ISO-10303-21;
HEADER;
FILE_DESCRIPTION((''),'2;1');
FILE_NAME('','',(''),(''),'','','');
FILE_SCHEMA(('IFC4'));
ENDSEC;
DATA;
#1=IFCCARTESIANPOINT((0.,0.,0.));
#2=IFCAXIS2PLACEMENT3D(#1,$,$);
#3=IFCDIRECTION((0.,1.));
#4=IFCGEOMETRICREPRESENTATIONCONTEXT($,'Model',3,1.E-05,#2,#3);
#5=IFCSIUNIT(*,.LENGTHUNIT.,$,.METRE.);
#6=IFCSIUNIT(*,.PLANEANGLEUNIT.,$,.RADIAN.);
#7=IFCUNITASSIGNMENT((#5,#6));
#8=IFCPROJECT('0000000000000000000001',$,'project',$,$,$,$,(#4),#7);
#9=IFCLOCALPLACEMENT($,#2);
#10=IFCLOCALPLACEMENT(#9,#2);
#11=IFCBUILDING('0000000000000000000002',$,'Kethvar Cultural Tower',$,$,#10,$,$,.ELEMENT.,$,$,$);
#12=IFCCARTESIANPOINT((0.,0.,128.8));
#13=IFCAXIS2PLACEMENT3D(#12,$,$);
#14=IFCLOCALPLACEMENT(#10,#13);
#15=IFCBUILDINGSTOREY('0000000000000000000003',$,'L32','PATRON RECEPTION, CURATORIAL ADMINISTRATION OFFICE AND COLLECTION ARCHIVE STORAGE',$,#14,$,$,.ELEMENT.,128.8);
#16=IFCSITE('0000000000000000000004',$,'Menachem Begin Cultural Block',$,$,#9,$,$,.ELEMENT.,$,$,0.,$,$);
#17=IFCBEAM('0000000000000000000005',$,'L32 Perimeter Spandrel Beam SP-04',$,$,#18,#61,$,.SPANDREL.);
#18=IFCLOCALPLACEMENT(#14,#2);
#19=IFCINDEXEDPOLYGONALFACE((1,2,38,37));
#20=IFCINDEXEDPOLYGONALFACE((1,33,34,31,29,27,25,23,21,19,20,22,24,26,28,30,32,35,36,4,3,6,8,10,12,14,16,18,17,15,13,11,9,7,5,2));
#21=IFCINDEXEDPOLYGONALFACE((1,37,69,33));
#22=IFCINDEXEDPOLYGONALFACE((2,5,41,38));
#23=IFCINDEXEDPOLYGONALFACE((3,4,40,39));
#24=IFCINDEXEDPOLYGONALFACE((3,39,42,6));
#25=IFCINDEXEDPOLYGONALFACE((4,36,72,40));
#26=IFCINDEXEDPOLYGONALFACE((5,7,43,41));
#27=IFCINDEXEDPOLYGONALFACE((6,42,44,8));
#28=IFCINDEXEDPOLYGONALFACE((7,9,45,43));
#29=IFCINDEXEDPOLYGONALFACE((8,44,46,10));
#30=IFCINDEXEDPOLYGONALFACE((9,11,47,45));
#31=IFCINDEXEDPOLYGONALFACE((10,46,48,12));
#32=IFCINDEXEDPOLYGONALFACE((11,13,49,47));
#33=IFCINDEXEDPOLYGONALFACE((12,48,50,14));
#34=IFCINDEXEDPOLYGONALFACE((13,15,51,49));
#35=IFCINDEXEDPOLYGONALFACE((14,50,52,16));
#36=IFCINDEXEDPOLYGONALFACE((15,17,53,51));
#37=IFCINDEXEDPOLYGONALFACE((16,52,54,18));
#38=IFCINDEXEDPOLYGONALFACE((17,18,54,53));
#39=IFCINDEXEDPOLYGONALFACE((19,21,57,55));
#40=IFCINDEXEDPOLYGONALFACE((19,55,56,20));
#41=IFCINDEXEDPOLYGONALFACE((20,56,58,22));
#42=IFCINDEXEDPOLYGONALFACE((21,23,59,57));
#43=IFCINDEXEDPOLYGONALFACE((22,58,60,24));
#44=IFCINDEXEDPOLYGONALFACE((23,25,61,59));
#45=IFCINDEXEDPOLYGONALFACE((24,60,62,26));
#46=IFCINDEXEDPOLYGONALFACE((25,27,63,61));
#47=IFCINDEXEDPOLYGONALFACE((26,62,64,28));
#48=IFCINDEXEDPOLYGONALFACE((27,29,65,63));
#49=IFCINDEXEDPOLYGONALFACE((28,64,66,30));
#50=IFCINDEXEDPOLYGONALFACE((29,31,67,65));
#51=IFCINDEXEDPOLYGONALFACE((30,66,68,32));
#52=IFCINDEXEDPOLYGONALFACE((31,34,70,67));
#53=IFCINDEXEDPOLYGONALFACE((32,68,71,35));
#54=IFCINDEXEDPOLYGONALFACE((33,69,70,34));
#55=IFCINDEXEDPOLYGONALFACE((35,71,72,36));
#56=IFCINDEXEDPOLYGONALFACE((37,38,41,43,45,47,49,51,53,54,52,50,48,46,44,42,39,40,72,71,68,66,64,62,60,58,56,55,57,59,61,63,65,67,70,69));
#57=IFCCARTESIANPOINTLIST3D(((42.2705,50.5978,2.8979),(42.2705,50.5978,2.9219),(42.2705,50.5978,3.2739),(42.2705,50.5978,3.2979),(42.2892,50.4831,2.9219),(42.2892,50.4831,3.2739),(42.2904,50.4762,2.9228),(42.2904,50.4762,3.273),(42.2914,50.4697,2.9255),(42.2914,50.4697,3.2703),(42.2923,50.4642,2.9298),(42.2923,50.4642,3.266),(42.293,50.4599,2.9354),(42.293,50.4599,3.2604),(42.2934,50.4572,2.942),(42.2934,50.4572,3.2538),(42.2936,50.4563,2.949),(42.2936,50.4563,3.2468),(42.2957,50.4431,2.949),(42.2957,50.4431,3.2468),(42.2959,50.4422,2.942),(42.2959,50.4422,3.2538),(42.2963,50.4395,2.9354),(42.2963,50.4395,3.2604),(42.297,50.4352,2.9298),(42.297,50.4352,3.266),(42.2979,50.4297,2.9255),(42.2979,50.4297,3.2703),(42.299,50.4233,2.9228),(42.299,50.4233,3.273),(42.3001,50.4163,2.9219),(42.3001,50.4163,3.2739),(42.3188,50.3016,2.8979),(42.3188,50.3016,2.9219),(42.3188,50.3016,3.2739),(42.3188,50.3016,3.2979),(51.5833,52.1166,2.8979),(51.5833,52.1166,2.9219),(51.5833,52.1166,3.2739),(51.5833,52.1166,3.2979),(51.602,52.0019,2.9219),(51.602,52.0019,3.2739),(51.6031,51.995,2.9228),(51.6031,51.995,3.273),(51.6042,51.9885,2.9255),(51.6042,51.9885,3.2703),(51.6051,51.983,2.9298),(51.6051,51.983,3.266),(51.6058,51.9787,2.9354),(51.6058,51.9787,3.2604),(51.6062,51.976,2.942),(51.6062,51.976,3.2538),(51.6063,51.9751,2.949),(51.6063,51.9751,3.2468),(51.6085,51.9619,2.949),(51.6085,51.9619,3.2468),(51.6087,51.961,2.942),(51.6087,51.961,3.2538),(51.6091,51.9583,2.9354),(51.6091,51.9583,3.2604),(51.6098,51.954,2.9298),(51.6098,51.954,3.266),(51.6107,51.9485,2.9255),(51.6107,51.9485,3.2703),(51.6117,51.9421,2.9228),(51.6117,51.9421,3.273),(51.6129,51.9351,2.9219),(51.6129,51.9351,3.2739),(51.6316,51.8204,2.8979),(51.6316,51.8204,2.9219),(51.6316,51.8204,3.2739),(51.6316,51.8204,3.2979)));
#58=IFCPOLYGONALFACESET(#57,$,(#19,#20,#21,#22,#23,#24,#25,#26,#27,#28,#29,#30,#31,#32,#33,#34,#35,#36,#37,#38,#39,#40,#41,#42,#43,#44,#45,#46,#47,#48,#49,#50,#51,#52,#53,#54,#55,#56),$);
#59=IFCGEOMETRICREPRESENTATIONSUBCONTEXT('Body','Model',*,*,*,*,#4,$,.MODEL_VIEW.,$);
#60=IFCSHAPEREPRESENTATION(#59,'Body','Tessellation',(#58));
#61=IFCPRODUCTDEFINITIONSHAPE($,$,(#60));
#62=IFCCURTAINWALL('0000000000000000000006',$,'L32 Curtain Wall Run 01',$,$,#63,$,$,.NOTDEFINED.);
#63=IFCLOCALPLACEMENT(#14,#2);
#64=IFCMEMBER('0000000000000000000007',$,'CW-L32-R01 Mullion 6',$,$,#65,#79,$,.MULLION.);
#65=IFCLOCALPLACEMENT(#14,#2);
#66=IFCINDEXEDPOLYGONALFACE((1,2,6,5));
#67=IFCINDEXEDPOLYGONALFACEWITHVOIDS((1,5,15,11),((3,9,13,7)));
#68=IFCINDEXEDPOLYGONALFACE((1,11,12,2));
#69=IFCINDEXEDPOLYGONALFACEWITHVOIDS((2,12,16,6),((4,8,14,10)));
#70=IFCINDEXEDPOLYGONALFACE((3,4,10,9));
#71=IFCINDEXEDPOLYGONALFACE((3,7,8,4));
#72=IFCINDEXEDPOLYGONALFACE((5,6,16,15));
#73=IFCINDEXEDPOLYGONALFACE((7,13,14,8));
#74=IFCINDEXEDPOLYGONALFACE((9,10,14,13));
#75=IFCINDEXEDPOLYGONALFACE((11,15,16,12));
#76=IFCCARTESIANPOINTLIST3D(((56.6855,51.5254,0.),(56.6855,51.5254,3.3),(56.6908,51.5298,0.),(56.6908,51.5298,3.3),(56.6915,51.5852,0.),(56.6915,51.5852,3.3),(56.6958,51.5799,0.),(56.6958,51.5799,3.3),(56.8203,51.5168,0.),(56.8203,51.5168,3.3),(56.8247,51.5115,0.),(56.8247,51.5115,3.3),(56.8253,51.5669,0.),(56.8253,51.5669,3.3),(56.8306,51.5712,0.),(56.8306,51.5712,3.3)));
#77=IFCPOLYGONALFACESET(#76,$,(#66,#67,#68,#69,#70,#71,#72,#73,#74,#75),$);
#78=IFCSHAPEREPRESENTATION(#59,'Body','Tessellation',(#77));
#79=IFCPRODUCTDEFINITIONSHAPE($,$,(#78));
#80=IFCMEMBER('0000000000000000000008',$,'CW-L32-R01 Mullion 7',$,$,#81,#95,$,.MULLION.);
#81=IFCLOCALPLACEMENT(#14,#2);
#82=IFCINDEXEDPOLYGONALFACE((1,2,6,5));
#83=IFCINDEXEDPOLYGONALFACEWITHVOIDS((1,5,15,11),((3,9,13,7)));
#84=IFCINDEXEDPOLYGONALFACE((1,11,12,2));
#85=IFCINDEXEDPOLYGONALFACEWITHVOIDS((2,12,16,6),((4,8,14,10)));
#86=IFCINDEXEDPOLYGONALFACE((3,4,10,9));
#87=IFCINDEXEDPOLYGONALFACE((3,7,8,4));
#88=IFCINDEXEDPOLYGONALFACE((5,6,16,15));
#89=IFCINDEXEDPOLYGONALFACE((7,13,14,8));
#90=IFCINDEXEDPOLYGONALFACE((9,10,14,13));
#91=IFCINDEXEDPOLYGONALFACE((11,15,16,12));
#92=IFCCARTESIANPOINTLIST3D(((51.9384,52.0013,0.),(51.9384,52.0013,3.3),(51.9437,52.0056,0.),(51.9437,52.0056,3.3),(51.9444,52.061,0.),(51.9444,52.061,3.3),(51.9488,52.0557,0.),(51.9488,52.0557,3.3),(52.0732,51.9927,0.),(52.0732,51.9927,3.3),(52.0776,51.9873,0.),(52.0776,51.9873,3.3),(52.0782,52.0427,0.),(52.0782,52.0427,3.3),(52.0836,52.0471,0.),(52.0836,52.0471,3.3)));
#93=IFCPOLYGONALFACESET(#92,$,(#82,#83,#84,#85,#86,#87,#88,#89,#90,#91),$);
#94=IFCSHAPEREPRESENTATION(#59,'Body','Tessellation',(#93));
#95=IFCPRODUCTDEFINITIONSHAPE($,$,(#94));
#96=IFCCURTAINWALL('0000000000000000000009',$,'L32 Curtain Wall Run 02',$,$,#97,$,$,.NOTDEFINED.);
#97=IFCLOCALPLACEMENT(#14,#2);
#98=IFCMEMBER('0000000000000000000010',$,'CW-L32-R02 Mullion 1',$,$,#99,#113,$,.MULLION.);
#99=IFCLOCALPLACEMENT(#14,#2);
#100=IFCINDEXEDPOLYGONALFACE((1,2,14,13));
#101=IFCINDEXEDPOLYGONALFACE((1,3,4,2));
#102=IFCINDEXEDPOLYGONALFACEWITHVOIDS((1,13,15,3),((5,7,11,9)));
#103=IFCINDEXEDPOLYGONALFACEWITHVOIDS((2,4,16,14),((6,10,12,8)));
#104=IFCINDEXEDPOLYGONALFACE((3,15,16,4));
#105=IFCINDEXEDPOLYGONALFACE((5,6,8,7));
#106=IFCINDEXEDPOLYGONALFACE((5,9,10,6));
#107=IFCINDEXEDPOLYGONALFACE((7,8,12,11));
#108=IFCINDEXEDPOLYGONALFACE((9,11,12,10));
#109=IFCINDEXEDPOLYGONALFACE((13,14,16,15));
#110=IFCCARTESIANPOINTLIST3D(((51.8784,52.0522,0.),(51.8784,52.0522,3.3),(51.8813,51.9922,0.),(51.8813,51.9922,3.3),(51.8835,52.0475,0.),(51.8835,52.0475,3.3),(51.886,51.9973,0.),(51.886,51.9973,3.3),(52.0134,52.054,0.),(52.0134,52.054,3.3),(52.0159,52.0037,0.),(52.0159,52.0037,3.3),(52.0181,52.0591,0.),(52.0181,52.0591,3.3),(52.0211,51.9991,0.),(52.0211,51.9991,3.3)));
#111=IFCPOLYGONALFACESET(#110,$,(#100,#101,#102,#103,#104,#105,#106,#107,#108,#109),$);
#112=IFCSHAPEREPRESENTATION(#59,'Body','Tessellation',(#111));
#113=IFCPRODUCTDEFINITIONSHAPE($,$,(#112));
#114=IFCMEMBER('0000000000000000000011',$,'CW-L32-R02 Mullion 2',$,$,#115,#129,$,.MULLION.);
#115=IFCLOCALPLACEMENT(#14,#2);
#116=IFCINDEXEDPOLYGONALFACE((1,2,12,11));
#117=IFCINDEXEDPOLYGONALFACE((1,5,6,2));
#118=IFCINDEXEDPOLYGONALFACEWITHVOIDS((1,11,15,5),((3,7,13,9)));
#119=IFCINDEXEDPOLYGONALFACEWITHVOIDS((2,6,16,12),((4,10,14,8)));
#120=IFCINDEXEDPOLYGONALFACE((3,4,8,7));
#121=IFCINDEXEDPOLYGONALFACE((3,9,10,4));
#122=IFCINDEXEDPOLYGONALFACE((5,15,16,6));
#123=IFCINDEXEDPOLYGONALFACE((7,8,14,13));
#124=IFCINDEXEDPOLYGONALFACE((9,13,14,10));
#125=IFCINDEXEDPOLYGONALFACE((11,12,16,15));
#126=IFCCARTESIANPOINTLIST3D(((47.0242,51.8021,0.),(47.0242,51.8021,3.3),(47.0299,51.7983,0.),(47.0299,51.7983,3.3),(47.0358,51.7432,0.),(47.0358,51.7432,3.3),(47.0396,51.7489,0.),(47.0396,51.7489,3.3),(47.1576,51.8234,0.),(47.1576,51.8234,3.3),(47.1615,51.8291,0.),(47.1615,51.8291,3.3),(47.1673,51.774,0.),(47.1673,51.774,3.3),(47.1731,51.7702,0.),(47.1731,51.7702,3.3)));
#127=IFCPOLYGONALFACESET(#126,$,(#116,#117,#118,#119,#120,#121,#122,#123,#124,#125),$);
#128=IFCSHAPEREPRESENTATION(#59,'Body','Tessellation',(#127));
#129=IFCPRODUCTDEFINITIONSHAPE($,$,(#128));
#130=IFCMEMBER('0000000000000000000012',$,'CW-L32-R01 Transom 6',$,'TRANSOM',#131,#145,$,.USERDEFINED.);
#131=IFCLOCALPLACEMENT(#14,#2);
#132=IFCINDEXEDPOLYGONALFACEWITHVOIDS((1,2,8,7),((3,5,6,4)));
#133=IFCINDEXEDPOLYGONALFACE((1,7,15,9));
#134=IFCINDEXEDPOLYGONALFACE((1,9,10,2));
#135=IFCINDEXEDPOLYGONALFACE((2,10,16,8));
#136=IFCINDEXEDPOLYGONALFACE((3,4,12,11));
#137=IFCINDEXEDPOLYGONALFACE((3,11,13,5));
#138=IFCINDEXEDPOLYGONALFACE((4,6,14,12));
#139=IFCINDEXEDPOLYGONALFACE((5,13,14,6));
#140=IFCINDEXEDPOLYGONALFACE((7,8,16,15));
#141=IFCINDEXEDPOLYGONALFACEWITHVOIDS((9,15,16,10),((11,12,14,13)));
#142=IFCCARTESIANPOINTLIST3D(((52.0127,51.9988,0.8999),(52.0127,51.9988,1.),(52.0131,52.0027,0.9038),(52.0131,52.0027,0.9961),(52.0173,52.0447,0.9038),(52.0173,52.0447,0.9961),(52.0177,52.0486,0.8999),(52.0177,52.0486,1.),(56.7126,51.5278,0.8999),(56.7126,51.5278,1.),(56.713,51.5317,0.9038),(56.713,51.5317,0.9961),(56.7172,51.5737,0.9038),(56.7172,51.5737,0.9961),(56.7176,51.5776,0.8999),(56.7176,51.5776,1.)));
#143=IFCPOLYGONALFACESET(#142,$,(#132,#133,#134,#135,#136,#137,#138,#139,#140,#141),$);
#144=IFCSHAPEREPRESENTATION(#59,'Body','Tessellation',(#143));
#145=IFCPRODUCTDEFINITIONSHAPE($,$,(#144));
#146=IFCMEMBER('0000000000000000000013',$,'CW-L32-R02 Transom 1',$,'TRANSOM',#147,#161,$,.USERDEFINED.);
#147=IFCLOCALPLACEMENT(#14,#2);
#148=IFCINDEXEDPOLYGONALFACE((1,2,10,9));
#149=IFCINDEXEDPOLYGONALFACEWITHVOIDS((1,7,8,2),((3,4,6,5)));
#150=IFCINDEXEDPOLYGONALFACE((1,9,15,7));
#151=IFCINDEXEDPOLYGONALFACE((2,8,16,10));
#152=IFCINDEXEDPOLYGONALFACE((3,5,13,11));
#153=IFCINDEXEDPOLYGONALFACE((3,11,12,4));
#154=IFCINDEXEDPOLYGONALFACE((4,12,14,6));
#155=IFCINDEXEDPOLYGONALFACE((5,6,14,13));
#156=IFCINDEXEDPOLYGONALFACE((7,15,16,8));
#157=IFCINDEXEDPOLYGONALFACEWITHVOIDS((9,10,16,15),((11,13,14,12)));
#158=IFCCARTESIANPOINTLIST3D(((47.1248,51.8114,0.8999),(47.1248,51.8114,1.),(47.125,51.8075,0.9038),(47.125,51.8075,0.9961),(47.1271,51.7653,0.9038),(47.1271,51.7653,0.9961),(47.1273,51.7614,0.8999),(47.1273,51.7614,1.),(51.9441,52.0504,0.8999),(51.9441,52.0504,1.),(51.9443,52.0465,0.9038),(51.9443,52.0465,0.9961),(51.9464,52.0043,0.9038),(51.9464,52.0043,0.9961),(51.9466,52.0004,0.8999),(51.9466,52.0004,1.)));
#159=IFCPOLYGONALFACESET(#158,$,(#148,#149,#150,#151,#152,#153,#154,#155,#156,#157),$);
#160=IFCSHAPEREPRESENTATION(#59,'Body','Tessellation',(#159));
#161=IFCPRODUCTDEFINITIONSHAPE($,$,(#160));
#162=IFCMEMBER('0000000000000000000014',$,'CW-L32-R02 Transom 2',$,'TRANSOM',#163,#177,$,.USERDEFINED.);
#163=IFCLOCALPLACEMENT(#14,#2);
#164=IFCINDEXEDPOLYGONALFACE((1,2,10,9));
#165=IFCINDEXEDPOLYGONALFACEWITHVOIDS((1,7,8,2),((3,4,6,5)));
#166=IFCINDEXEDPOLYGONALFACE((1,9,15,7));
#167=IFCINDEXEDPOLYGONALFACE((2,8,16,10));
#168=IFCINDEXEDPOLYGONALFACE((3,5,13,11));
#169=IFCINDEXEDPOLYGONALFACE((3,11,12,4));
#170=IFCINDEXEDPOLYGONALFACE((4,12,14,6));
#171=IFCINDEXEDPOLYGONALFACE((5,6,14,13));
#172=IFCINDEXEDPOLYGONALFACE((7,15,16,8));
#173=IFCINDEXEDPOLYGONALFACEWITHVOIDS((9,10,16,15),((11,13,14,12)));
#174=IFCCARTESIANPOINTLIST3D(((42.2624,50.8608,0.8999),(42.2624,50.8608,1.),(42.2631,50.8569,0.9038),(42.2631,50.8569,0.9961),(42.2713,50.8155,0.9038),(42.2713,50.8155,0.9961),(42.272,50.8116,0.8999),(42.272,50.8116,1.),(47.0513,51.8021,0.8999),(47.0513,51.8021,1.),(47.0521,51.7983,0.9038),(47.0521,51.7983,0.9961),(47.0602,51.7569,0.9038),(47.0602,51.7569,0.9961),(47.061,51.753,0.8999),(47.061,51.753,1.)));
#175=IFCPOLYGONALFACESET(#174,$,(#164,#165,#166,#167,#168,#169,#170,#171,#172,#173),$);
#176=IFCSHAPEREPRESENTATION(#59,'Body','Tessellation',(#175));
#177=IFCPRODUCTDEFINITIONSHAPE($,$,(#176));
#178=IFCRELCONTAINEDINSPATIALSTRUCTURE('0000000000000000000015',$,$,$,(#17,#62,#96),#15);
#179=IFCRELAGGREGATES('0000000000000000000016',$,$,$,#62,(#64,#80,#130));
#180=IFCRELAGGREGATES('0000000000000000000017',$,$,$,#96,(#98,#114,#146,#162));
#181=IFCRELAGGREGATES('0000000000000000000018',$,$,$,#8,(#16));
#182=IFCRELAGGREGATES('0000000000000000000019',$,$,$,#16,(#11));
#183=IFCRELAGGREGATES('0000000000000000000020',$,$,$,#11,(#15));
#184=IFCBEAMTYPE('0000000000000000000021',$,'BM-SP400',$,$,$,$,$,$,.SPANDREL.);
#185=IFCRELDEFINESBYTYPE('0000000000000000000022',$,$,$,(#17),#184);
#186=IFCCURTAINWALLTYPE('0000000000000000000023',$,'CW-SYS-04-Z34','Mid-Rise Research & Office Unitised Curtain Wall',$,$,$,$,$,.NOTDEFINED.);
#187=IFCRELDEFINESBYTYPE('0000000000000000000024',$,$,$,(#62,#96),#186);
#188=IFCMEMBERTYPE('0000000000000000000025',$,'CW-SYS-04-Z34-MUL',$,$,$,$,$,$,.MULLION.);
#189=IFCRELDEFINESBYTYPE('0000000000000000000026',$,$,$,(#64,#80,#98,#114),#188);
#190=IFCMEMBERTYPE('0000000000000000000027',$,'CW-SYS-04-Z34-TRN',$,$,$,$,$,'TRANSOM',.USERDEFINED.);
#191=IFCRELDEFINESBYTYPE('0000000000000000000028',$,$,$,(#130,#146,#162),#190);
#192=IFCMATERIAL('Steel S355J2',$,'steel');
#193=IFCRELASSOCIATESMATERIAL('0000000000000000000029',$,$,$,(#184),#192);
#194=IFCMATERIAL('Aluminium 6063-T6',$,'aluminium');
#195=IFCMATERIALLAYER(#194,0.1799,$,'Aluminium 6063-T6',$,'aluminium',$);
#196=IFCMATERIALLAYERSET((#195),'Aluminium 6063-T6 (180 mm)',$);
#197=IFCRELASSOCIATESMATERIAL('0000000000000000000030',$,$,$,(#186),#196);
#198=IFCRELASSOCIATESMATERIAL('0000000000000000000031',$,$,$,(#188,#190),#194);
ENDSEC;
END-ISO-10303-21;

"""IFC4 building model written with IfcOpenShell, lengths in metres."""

from ifc_helpers import new_model, si_unit, direction, frame, origin, origin_2d, place, context, subcontext, project, spatial, hollow_rectangle, i_section, extrude, source, transform, mapped, material, layer, layer_set, material_profile, profile_set, type_object, element, aggregate, save


model = new_model("IFC4")

# Units and contexts
model_context = context("Model", 3, precision=1e-05, world=origin(), true_north=direction((0.0, 1.0)))
body_context = subcontext(model_context, "Body", "Model", "MODEL_VIEW")
ifc_project = project(units=[si_unit("LENGTHUNIT", "METRE"), si_unit("PLANEANGLEUNIT", "RADIAN")], contexts=[model_context])

# Site, building, storey
site_placement = place(None, origin())
site = spatial("IfcSite", under=ifc_project, at=site_placement, Name="Menachem Begin Cultural Block", CompositionType="ELEMENT", RefElevation=0.0)
building_placement = place(site_placement, origin())
building = spatial("IfcBuilding", under=site, at=building_placement, Name="Kethvar Cultural Tower", CompositionType="ELEMENT")
storey_placement = place(building_placement, frame((0.0, 0.0, 128.8)))
storey = spatial("IfcBuildingStorey", under=building, at=storey_placement, Name="L32", Description="PATRON RECEPTION, CURATORIAL ADMINISTRATION OFFICE AND COLLECTION ARCHIVE STORAGE", CompositionType="ELEMENT", Elevation=128.8)

# Beam
ifc_material_1 = material(Name="Steel S355J2", Category="steel")
ifc_material_profile_1 = material_profile(ifc_material_1, i_section(OverallWidth=0.3, OverallDepth=0.3999, WebThickness=0.0134, FlangeThickness=0.0239, FilletRadius=0.0271, at=origin_2d()), Name="Steel S355J2 — HEB400")
ifc_profile_set_1 = profile_set([ifc_material_profile_1], Name="Steel S355J2 — HEB400")
beam_type_1 = type_object("IfcBeamType", Name="BM-SP400", PredefinedType="SPANDREL", material=ifc_profile_set_1)
shared_shape_1 = source(origin(), body_context, "Body", "SweptSolid", [
    extrude(i_section(OverallWidth=0.3, OverallDepth=0.3999, WebThickness=0.0134, FlangeThickness=0.0239, FilletRadius=0.0271, at=origin_2d()), origin(), (0.0, 0.0, 1.0), 9.4358),
])
beam_1_placement = place(storey_placement, frame((51.6074, 51.9685, 3.0979), z_axis=(-0.986961, -0.160962, 0.0), x_axis=(0.160962, -0.986961, 0.0)))
element("IfcBeam", 1, at=beam_1_placement, inside=storey, type_object=beam_type_1, Name="L32 Perimeter Spandrel Beam SP-04", PredefinedType="SPANDREL", context=body_context, shape_type="MappedRepresentation", body=[
    mapped(shared_shape_1, transform((0.0, 0.0, 0.0), scale=1.0)),
])

# Curtain walls, members
ifc_material_2 = material(Name="Aluminium 6063-T6", Category="aluminium")
ifc_layer_1 = layer(ifc_material_2, 0.1799, Name="Aluminium 6063-T6", Category="aluminium")
ifc_layer_set_1 = layer_set([ifc_layer_1], Name="Aluminium 6063-T6 (180 mm)")
curtain_wall_type = type_object("IfcCurtainWallType", Name="CW-SYS-04-Z34", Description="Mid-Rise Research & Office Unitised Curtain Wall", PredefinedType="NOTDEFINED", material=ifc_layer_set_1)
curtain_wall_1_placement = place(storey_placement, origin())
curtain_wall_1 = element("IfcCurtainWall", 2, at=curtain_wall_1_placement, inside=storey, type_object=curtain_wall_type, Name="L32 Curtain Wall Run 01", PredefinedType="NOTDEFINED")
ifc_material_profile_2 = material_profile(ifc_material_2, hollow_rectangle(XDim=0.0601, YDim=0.1399, WallThickness=0.0049, at=origin_2d()), Name="Aluminium 6063-T6 — RHS140x60x5")
ifc_profile_set_2 = profile_set([ifc_material_profile_2], Name="Aluminium 6063-T6 — RHS140x60x5")
member_type_1 = type_object("IfcMemberType", Name="CW-SYS-04-Z34-MUL", PredefinedType="MULLION", material=ifc_profile_set_2)
shared_shape_2 = source(origin(), body_context, "Body", "SweptSolid", [
    extrude(hollow_rectangle(XDim=0.0601, YDim=0.1399, WallThickness=0.0049, at=origin_2d()), origin(), (0.0, 0.0, 1.0), 3.3),
])
member_1_placement = place(storey_placement, frame((56.7581, 51.5483, 0.0), z_axis=(0.0, 0.0, 1.0), x_axis=(-0.099737, -0.995014, 0.0)))
member_1 = element("IfcMember", 3, at=member_1_placement, type_object=member_type_1, Name="CW-L32-R01 Mullion 6", PredefinedType="MULLION", context=body_context, shape_type="MappedRepresentation", body=[
    mapped(shared_shape_2, transform((0.0, 0.0, 0.0), scale=1.0)),
])
member_2_placement = place(storey_placement, frame((52.011, 52.0242, 0.0), z_axis=(0.0, 0.0, 1.0), x_axis=(-0.099737, -0.995014, 0.0)))
member_2 = element("IfcMember", 4, at=member_2_placement, type_object=member_type_1, Name="CW-L32-R01 Mullion 7", PredefinedType="MULLION", context=body_context, shape_type="MappedRepresentation", body=[
    mapped(shared_shape_2, transform((0.0, 0.0, 0.0), scale=1.0)),
])
curtain_wall_2_placement = place(storey_placement, origin())
curtain_wall_2 = element("IfcCurtainWall", 5, at=curtain_wall_2_placement, inside=storey, type_object=curtain_wall_type, Name="L32 Curtain Wall Run 02", PredefinedType="NOTDEFINED")
member_3_placement = place(storey_placement, frame((51.9497, 52.0256, 0.0), z_axis=(0.0, 0.0, 1.0), x_axis=(0.049582, -0.99877, 0.0)))
member_3 = element("IfcMember", 6, at=member_3_placement, type_object=member_type_1, Name="CW-L32-R02 Mullion 1", PredefinedType="MULLION", context=body_context, shape_type="MappedRepresentation", body=[
    mapped(shared_shape_2, transform((0.0, 0.0, 0.0), scale=1.0)),
])
member_4_placement = place(storey_placement, frame((47.0986, 51.7861, 0.0), z_axis=(0.0, 0.0, 1.0), x_axis=(0.192882, -0.981222, 0.0)))
member_4 = element("IfcMember", 7, at=member_4_placement, type_object=member_type_1, Name="CW-L32-R02 Mullion 2", PredefinedType="MULLION", context=body_context, shape_type="MappedRepresentation", body=[
    mapped(shared_shape_2, transform((0.0, 0.0, 0.0), scale=1.0)),
])

# Members
ifc_material_profile_3 = material_profile(ifc_material_2, hollow_rectangle(XDim=0.05, YDim=0.1001, WallThickness=0.0039, at=origin_2d()), Name="Aluminium 6063-T6 — RHS100x50x4")
ifc_profile_set_3 = profile_set([ifc_material_profile_3], Name="Aluminium 6063-T6 — RHS100x50x4")
member_type_2 = type_object("IfcMemberType", Name="CW-SYS-04-Z34-TRN", ElementType="TRANSOM", PredefinedType="USERDEFINED", material=ifc_profile_set_3)
shared_shape_3 = source(origin(), body_context, "Body", "SweptSolid", [
    extrude(hollow_rectangle(XDim=0.05, YDim=0.1001, WallThickness=0.0039, at=origin_2d()), origin(), (0.0, 0.0, 1.0), 4.7234),
])
member_5_placement = place(storey_placement, frame((56.7151, 51.5527, 0.95), z_axis=(-0.995017, 0.099703, 0.0), x_axis=(-0.099703, -0.995017, 0.0)))
member_5 = element("IfcMember", 8, at=member_5_placement, type_object=member_type_2, Name="CW-L32-R01 Transom 6", ObjectType="TRANSOM", PredefinedType="USERDEFINED", context=body_context, shape_type="MappedRepresentation", body=[
    mapped(shared_shape_3, transform((0.0, 0.0, 0.0), scale=1.0)),
])
shared_shape_4 = source(origin(), body_context, "Body", "SweptSolid", [
    extrude(hollow_rectangle(XDim=0.05, YDim=0.1001, WallThickness=0.0039, at=origin_2d()), origin(), (0.0, 0.0, 1.0), 4.8252),
])
member_6_placement = place(storey_placement, frame((51.9453, 52.0254, 0.95), z_axis=(-0.998772, -0.049534, 0.0), x_axis=(0.049534, -0.998772, 0.0)))
member_6 = element("IfcMember", 9, at=member_6_placement, type_object=member_type_2, Name="CW-L32-R02 Transom 1", ObjectType="TRANSOM", PredefinedType="USERDEFINED", context=body_context, shape_type="MappedRepresentation", body=[
    mapped(shared_shape_4, transform((0.0, 0.0, 0.0), scale=1.0)),
])
shared_shape_5 = source(origin(), body_context, "Body", "SweptSolid", [
    extrude(hollow_rectangle(XDim=0.05, YDim=0.1001, WallThickness=0.0039, at=origin_2d()), origin(), (0.0, 0.0, 1.0), 4.8806),
])
member_7_placement = place(storey_placement, frame((47.0562, 51.7776, 0.95), z_axis=(-0.981222, -0.192883, 0.0), x_axis=(0.192883, -0.981222, 0.0)))
member_7 = element("IfcMember", 10, at=member_7_placement, type_object=member_type_2, Name="CW-L32-R02 Transom 2", ObjectType="TRANSOM", PredefinedType="USERDEFINED", context=body_context, shape_type="MappedRepresentation", body=[
    mapped(shared_shape_5, transform((0.0, 0.0, 0.0), scale=1.0)),
])

aggregate(curtain_wall_1, [member_1, member_2, member_5])
aggregate(curtain_wall_2, [member_3, member_4, member_6, member_7])

save(model, "model.ifc")
